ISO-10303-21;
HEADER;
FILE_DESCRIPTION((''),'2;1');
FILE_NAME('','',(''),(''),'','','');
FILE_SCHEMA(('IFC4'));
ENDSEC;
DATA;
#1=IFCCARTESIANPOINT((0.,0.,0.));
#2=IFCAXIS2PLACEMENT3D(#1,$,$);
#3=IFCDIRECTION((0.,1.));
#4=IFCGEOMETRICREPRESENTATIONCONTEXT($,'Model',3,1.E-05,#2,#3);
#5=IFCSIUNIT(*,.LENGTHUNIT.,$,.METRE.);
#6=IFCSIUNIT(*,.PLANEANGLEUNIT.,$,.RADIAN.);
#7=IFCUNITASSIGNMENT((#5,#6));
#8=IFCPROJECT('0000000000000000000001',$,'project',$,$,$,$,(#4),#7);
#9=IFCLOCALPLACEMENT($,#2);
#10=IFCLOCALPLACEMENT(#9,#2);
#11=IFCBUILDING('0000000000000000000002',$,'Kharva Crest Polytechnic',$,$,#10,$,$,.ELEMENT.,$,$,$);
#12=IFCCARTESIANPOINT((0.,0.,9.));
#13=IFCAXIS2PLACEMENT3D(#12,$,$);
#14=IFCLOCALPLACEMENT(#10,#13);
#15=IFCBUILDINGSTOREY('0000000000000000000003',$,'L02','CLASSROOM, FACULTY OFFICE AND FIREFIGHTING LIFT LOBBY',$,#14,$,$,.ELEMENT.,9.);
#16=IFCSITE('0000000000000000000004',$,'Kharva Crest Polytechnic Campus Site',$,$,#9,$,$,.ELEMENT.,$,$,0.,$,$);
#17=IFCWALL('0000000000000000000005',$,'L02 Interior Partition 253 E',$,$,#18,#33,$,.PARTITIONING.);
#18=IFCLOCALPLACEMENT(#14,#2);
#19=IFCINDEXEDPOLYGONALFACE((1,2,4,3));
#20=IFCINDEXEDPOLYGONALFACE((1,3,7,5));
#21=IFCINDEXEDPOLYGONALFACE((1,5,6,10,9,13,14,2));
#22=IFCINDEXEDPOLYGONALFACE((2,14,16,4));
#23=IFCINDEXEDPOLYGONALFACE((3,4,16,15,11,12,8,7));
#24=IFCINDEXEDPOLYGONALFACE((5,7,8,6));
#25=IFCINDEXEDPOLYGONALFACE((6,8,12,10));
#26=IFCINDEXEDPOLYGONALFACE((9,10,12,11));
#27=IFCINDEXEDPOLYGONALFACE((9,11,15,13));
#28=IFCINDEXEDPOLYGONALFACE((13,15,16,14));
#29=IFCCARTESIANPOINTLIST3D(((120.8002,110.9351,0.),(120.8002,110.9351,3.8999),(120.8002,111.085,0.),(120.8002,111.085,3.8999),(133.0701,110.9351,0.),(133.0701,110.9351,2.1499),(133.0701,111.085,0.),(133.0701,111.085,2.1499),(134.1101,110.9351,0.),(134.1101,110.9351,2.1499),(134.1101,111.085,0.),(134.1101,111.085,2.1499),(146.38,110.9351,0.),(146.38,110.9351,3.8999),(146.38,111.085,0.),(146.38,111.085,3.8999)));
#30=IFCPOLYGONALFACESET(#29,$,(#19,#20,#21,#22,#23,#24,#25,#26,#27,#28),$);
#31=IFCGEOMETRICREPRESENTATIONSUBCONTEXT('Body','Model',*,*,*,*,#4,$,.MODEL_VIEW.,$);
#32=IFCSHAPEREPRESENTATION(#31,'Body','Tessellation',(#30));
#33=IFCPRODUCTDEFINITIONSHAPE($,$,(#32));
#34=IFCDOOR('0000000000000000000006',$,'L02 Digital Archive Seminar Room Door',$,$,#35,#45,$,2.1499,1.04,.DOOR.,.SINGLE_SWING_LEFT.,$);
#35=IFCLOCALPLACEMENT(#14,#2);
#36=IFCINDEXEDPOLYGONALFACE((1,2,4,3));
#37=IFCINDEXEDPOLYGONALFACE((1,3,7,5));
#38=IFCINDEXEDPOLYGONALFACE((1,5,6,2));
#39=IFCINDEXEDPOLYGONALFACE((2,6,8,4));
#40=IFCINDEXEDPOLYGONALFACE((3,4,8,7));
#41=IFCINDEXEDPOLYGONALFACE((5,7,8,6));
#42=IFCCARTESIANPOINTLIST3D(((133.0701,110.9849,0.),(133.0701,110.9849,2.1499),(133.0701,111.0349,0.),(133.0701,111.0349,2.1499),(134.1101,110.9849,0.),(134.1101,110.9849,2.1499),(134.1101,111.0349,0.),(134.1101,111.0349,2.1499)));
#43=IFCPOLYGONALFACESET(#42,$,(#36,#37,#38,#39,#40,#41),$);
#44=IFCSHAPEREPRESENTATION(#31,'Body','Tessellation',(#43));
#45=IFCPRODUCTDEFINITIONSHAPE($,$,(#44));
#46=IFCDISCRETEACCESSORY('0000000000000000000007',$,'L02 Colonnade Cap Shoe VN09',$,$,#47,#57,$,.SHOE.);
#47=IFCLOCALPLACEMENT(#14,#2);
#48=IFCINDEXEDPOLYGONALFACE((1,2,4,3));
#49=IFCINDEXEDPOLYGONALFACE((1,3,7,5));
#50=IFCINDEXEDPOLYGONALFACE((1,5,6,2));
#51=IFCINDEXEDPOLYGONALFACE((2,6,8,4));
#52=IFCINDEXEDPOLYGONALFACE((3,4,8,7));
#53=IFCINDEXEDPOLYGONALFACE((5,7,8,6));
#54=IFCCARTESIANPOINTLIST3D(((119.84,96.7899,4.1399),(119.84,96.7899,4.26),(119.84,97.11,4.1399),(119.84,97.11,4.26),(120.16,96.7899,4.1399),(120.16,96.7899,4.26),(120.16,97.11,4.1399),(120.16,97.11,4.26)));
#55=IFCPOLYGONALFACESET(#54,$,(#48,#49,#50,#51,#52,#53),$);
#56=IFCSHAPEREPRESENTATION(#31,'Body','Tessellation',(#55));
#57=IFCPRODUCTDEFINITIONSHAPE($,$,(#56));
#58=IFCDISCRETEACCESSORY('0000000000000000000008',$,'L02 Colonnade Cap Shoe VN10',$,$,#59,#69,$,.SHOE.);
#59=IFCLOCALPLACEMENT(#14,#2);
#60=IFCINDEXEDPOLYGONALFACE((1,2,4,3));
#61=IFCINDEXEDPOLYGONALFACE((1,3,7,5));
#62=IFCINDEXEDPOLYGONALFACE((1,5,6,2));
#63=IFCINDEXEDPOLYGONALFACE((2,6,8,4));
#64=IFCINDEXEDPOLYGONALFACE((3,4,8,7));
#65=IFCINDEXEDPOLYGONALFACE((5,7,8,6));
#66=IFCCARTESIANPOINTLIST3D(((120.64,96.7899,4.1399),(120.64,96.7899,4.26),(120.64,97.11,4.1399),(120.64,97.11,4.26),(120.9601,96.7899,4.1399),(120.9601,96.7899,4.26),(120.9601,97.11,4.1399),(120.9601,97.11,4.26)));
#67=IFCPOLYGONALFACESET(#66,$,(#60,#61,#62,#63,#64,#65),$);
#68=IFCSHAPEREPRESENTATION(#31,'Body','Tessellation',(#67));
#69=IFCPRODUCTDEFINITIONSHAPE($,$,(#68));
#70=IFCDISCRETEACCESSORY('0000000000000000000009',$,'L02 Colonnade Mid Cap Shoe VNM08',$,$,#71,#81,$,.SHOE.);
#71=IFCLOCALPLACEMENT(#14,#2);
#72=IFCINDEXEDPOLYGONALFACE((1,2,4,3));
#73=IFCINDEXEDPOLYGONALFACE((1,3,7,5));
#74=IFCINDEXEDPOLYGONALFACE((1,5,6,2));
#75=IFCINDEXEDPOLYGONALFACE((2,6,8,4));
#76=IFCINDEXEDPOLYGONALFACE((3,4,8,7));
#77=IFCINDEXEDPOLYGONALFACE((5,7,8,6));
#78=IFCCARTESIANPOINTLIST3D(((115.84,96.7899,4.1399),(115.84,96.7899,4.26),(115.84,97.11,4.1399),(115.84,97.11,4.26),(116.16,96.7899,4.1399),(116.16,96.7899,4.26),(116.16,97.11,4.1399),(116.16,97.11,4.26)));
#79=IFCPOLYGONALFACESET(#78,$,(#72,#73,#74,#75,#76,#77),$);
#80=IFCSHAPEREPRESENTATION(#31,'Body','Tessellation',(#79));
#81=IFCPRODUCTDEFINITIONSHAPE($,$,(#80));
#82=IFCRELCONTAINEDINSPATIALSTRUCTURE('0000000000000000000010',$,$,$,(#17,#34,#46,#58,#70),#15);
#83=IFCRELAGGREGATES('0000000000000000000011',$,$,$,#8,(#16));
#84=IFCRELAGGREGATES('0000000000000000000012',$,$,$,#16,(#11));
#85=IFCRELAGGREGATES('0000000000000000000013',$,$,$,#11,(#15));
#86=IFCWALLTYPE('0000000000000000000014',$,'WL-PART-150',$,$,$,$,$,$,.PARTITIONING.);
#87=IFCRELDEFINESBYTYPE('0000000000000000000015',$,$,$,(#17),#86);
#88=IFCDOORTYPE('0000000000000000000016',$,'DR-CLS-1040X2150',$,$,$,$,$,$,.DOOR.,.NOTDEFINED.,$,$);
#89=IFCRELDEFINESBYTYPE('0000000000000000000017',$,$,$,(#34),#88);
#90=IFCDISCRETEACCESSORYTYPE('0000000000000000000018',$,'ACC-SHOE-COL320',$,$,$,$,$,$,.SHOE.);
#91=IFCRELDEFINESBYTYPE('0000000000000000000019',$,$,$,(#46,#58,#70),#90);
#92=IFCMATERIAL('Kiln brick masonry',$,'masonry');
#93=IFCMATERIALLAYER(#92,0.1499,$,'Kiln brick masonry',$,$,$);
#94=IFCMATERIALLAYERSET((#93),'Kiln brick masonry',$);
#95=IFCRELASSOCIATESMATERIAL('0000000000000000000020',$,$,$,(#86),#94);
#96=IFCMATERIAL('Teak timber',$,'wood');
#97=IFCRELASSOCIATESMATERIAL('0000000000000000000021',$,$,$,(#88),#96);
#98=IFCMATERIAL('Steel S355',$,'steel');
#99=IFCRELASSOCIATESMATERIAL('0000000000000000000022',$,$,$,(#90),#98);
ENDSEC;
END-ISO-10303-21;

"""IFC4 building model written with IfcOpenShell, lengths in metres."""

from ifc_helpers import new_model, si_unit, direction, frame, frame_2d, origin, origin_2d, place, context, subcontext, project, spatial, rectangle, extrude, material, layer, layer_set, type_object, element, fill, save


model = new_model("IFC4")

# Units and contexts
model_context = context("Model", 3, precision=1e-05, world=origin(), true_north=direction((0.0, 1.0)))
body_context = subcontext(model_context, "Body", "Model", "MODEL_VIEW")
ifc_project = project(units=[si_unit("LENGTHUNIT", "METRE"), si_unit("PLANEANGLEUNIT", "RADIAN")], contexts=[model_context])

# Site, building, storey
site_placement = place(None, origin())
site = spatial("IfcSite", under=ifc_project, at=site_placement, Name="Kharva Crest Polytechnic Campus Site", CompositionType="ELEMENT", RefElevation=0.0)
building_placement = place(site_placement, origin())
building = spatial("IfcBuilding", under=site, at=building_placement, Name="Kharva Crest Polytechnic", CompositionType="ELEMENT")
storey_placement = place(building_placement, frame((0.0, 0.0, 9.0)))
storey = spatial("IfcBuildingStorey", under=building, at=storey_placement, Name="L02", Description="CLASSROOM, FACULTY OFFICE AND FIREFIGHTING LIFT LOBBY", CompositionType="ELEMENT", Elevation=9.0)

# Shared definitions
ifc_material_1 = material(Name="Steel S355", Category="steel")

# Shared definitions
ifc_material_2 = material(Name="Kiln brick masonry", Category="masonry")

# Shared definitions
ifc_layer_1 = layer(ifc_material_2, 0.1499, Name="Kiln brick masonry")
ifc_layer_set_1 = layer_set([ifc_layer_1], Name="Kiln brick masonry")
wall_type_1 = type_object("IfcWallType", Name="WL-PART-150", PredefinedType="PARTITIONING", material=ifc_layer_set_1)

# Wall, opening, door
wall_1_placement = place(storey_placement, frame((120.8, 111.01, 0.0), z_axis=(0.0, 0.0, 1.0), x_axis=(1.0, 0.0, 0.0)))
wall_1 = element("IfcWall", 1, at=wall_1_placement, inside=storey, type_object=wall_type_1, Name="L02 Interior Partition 253 E", PredefinedType="PARTITIONING", context=body_context, shape_type="SweptSolid", body=[
    extrude(rectangle(XDim=25.5798, YDim=0.1499, at=frame_2d((12.79, 0.0))), origin(), (0.0, 0.0, 1.0), 3.8999),
])
opening_1_placement = place(wall_1_placement, frame((12.27, 0.0, 0.0)))
opening_1 = element("IfcOpeningElement", 2, at=opening_1_placement, cuts=wall_1, PredefinedType="OPENING", context=body_context, shape_type="SweptSolid", body=[
    extrude(rectangle(XDim=1.04, YDim=2.1499, at=frame_2d((0.52, 1.075))), frame((0.0, 0.085, 0.0), z_axis=(0.0, -1.0, 0.0), x_axis=(1.0, 0.0, 0.0)), (0.0, 0.0, 1.0), 0.1699),
])
ifc_material_3 = material(Name="Teak timber", Category="wood")
door_type_1 = type_object("IfcDoorType", Name="DR-CLS-1040X2150", OperationType="NOTDEFINED", PredefinedType="DOOR", material=ifc_material_3)
door_1_placement = place(opening_1_placement, origin())
door_1 = element("IfcDoor", 3, at=door_1_placement, inside=storey, type_object=door_type_1, Name="L02 Digital Archive Seminar Room Door", OperationType="SINGLE_SWING_LEFT", OverallHeight=2.1499, OverallWidth=1.04, PredefinedType="DOOR", context=body_context, shape_type="SweptSolid", body=[
    extrude(rectangle(XDim=1.04, YDim=2.1499, at=frame_2d((0.52, 1.075))), frame((0.0, 0.0249, 0.0), z_axis=(0.0, -1.0, 0.0), x_axis=(1.0, 0.0, 0.0)), (0.0, 0.0, 1.0), 0.05),
])
fill(opening_1, door_1)

# Discrete accessories
discrete_accessory_type = type_object("IfcDiscreteAccessoryType", Name="ACC-SHOE-COL320", PredefinedType="SHOE", material=ifc_material_1)
for number, where, z_axis, x_axis, name in (
    (4, (120.0, 96.95, 4.1399), (0.0, 0.0, 1.0), (1.0, 0.0, 0.0), "L02 Colonnade Cap Shoe VN09"),
    (5, (120.8, 96.95, 4.1399), (0.0, 0.0, 1.0), (1.0, 0.0, 0.0), "L02 Colonnade Cap Shoe VN10"),
    (6, (116.0, 96.95, 4.1399), (0.0, 0.0, 1.0), (1.0, 0.0, 0.0), "L02 Colonnade Mid Cap Shoe VNM08"),
):
    element("IfcDiscreteAccessory", number, at=place(storey_placement, frame(where, z_axis=z_axis, x_axis=x_axis)), inside=storey, type_object=discrete_accessory_type, Name=name, PredefinedType="SHOE", context=body_context, shape_type="SweptSolid", body=[
        extrude(rectangle(XDim=0.3201, YDim=0.3201, at=origin_2d()), origin(), (0.0, 0.0, 1.0), 0.1201),
    ])

save(model, "model.ifc")
